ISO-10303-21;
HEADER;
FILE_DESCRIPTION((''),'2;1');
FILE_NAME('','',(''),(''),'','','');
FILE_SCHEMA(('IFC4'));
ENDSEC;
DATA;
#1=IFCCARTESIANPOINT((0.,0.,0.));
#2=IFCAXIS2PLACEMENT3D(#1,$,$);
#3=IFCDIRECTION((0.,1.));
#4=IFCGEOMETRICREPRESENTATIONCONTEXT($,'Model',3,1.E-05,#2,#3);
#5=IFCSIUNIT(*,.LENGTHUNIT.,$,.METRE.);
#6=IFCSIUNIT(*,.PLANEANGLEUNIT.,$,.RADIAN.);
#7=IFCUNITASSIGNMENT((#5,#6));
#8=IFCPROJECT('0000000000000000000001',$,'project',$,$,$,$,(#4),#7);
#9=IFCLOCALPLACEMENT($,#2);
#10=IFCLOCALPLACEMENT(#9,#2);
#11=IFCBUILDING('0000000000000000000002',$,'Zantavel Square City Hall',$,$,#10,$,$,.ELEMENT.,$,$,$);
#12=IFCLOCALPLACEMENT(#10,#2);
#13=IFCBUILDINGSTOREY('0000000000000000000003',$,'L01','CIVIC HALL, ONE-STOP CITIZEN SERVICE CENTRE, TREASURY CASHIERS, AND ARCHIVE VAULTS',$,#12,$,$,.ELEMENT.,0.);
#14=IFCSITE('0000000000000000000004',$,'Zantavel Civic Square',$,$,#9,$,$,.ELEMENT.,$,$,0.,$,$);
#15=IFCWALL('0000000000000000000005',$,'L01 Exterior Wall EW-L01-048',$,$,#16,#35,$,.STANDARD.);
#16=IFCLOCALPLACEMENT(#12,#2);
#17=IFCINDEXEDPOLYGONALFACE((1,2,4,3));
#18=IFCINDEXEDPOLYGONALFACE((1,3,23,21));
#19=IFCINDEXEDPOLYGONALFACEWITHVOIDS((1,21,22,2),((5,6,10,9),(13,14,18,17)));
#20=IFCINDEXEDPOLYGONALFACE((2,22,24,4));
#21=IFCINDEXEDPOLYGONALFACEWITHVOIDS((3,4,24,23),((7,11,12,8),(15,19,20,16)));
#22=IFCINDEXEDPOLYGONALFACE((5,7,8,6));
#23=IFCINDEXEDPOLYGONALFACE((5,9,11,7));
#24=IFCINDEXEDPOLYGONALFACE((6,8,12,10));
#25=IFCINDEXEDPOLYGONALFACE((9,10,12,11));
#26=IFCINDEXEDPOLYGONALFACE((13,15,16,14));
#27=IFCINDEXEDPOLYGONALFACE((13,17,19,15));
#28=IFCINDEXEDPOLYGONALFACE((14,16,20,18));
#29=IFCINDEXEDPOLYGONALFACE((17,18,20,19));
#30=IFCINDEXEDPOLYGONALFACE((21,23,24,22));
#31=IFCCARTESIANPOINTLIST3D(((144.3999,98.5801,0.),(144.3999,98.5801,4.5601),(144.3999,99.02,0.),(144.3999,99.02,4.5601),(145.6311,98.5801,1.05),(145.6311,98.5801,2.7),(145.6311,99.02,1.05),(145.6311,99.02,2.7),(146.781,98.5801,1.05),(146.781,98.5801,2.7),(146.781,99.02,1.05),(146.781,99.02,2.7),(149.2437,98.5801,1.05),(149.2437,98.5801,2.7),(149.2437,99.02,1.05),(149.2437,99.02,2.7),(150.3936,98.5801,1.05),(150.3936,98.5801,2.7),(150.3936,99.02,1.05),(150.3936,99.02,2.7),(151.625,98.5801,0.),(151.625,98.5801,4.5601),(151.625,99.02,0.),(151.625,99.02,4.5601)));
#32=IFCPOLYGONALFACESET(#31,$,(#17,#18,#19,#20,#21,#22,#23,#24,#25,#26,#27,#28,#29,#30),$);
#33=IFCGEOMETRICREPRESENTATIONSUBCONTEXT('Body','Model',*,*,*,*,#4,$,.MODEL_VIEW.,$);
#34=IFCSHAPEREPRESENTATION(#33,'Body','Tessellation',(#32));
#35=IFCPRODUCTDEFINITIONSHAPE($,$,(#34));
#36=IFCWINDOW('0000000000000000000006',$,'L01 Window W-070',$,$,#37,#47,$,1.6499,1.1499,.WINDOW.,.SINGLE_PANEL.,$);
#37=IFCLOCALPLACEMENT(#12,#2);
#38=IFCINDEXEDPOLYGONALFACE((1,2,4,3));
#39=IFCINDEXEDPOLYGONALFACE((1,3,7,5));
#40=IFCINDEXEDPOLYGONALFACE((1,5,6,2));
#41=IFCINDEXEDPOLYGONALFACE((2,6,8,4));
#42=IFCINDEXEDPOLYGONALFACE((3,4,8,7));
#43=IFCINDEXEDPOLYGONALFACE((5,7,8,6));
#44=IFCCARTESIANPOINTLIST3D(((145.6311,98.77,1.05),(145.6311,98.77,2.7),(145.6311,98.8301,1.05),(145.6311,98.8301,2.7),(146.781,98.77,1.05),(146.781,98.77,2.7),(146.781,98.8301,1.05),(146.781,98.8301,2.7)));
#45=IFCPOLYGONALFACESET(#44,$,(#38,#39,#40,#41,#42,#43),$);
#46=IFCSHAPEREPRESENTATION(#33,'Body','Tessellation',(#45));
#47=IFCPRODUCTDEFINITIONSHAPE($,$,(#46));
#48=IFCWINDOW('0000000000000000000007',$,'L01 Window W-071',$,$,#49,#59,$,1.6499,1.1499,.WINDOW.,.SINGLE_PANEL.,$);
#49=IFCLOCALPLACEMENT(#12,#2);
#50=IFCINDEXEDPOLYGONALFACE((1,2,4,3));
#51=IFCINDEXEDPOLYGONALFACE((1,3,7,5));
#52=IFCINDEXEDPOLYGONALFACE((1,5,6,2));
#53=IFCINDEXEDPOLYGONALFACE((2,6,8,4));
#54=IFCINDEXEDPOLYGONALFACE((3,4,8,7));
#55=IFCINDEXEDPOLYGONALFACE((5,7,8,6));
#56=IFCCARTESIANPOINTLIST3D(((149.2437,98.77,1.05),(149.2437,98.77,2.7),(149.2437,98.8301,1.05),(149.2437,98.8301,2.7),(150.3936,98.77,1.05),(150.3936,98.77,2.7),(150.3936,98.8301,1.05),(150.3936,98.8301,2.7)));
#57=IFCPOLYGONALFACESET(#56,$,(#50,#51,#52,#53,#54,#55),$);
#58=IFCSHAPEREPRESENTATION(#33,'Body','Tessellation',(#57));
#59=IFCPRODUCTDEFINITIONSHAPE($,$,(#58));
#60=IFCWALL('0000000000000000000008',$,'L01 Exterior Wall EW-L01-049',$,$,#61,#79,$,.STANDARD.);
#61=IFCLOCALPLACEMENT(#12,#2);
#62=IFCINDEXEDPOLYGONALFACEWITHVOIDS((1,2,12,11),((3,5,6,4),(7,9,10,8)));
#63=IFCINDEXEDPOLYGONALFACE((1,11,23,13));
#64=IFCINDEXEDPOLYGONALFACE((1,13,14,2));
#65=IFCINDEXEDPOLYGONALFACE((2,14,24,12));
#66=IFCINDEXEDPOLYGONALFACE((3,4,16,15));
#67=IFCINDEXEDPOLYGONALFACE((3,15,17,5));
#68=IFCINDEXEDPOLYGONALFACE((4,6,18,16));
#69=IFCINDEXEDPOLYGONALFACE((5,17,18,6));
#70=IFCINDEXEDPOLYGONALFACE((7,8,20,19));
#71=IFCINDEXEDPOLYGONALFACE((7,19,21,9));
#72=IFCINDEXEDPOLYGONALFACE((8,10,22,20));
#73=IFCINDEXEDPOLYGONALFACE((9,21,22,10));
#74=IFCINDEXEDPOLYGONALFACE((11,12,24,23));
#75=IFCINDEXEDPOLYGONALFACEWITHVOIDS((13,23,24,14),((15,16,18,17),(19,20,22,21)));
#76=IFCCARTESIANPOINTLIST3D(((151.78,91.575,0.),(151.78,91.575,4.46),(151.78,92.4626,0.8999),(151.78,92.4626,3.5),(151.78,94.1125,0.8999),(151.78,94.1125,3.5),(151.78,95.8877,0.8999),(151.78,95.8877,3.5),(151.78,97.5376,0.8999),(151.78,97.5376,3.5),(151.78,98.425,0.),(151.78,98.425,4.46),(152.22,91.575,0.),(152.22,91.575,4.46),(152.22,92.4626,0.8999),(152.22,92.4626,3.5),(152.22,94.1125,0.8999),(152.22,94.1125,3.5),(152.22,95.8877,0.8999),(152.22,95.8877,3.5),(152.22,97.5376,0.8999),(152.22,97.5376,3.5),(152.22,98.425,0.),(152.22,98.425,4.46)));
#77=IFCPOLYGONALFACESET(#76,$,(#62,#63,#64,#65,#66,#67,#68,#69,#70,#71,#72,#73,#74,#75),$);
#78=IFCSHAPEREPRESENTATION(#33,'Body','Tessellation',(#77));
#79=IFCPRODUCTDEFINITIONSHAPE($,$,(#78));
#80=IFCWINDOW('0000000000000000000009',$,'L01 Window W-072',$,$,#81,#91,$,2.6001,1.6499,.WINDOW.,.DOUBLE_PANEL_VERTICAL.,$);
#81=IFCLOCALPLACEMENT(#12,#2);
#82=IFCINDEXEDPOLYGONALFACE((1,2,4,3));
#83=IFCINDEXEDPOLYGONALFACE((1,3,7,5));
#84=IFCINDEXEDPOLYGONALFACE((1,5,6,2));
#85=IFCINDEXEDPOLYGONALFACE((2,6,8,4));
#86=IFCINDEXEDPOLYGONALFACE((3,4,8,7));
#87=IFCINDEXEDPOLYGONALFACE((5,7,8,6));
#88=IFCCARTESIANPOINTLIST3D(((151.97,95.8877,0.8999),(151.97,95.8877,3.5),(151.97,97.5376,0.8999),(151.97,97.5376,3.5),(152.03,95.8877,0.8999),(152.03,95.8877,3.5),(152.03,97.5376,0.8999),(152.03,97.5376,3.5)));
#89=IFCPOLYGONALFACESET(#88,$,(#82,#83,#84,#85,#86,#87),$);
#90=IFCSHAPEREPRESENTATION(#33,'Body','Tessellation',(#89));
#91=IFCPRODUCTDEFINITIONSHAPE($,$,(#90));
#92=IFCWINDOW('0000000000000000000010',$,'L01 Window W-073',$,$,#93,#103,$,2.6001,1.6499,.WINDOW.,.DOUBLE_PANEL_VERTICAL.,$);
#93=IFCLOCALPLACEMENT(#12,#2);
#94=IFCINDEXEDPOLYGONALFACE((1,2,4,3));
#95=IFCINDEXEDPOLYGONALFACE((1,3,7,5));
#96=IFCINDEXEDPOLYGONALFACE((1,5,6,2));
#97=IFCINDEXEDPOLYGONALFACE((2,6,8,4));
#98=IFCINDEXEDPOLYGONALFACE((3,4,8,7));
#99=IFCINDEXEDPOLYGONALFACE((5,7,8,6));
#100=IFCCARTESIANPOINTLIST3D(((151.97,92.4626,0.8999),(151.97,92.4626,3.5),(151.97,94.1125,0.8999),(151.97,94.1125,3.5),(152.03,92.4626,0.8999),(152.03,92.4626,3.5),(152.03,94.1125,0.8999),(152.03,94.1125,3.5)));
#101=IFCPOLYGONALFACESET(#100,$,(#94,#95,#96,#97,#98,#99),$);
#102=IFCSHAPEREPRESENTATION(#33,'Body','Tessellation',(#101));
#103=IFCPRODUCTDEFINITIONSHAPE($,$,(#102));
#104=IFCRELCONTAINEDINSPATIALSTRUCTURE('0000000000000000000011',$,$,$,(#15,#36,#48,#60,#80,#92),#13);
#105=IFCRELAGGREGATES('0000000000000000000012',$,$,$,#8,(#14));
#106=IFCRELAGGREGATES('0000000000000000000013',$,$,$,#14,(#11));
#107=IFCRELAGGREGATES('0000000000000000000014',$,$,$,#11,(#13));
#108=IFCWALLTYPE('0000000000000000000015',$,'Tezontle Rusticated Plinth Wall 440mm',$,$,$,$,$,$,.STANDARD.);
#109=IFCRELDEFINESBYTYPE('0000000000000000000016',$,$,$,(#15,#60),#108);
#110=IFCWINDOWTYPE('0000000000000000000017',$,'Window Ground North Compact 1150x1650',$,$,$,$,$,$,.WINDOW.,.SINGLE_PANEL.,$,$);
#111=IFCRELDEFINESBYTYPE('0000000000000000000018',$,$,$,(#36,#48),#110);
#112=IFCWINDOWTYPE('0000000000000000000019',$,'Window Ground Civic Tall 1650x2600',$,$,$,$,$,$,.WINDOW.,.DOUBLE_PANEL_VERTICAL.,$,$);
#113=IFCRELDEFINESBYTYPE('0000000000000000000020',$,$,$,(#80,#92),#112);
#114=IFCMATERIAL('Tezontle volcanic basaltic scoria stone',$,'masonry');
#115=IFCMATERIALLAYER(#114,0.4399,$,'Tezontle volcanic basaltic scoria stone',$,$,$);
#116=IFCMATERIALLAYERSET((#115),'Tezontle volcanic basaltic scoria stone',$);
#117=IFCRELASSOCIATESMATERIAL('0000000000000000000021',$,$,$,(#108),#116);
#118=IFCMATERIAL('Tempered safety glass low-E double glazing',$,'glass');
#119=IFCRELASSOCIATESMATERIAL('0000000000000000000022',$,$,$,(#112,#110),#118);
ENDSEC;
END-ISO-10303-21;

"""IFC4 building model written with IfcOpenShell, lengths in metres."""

from ifc_helpers import new_model, si_unit, direction, frame, frame_2d, origin, place, context, subcontext, project, spatial, rectangle, extrude, material, layer, layer_set, type_object, element, fill, save


model = new_model("IFC4")

# Units and contexts
model_context = context("Model", 3, precision=1e-05, world=origin(), true_north=direction((0.0, 1.0)))
body_context = subcontext(model_context, "Body", "Model", "MODEL_VIEW")
ifc_project = project(units=[si_unit("LENGTHUNIT", "METRE"), si_unit("PLANEANGLEUNIT", "RADIAN")], contexts=[model_context])

# Site, building, storey
site_placement = place(None, origin())
site = spatial("IfcSite", under=ifc_project, at=site_placement, Name="Zantavel Civic Square", CompositionType="ELEMENT", RefElevation=0.0)
building_placement = place(site_placement, origin())
building = spatial("IfcBuilding", under=site, at=building_placement, Name="Zantavel Square City Hall", CompositionType="ELEMENT")
storey_placement = place(building_placement, origin())
storey = spatial("IfcBuildingStorey", under=building, at=storey_placement, Name="L01", Description="CIVIC HALL, ONE-STOP CITIZEN SERVICE CENTRE, TREASURY CASHIERS, AND ARCHIVE VAULTS", CompositionType="ELEMENT", Elevation=0.0)

# Shared definitions
ifc_material_1 = material(Name="Tezontle volcanic basaltic scoria stone", Category="masonry")
ifc_layer_1 = layer(ifc_material_1, 0.4399, Name="Tezontle volcanic basaltic scoria stone")
ifc_layer_set_1 = layer_set([ifc_layer_1], Name="Tezontle volcanic basaltic scoria stone")
wall_type_1 = type_object("IfcWallType", Name="Tezontle Rusticated Plinth Wall 440mm", PredefinedType="STANDARD", material=ifc_layer_set_1)

# Walls, openings, windows
ifc_material_2 = material(Name="Tempered safety glass low-E double glazing", Category="glass")
window_type_1 = type_object("IfcWindowType", Name="Window Ground Civic Tall 1650x2600", PartitioningType="DOUBLE_PANEL_VERTICAL", PredefinedType="WINDOW", material=ifc_material_2)
wall_1_placement = place(storey_placement, frame((144.3999, 98.8, 0.0), z_axis=(0.0, 0.0, 1.0), x_axis=(1.0, 0.0, 0.0)))
wall_1 = element("IfcWall", 1, at=wall_1_placement, inside=storey, type_object=wall_type_1, Name="L01 Exterior Wall EW-L01-048", PredefinedType="STANDARD", context=body_context, shape_type="SweptSolid", body=[
    extrude(rectangle(XDim=7.2251, YDim=0.4399, at=frame_2d((3.6125, 0.0))), origin(), (0.0, 0.0, 1.0), 4.5601),
])
opening_1_placement = place(wall_1_placement, frame((1.2312, 0.0, 1.05)))
opening_1 = element("IfcOpeningElement", 2, at=opening_1_placement, cuts=wall_1, PredefinedType="OPENING", context=body_context, shape_type="SweptSolid", body=[
    extrude(rectangle(XDim=1.1499, YDim=1.6499, at=frame_2d((0.575, 0.825))), frame((0.0, 0.23, 0.0), z_axis=(0.0, -1.0, 0.0), x_axis=(1.0, 0.0, 0.0)), (0.0, 0.0, 1.0), 0.46),
])
opening_2_placement = place(wall_1_placement, frame((4.8438, 0.0, 1.05)))
opening_2 = element("IfcOpeningElement", 3, at=opening_2_placement, cuts=wall_1, PredefinedType="OPENING", context=body_context, shape_type="SweptSolid", body=[
    extrude(rectangle(XDim=1.1499, YDim=1.6499, at=frame_2d((0.575, 0.825))), frame((0.0, 0.23, 0.0), z_axis=(0.0, -1.0, 0.0), x_axis=(1.0, 0.0, 0.0)), (0.0, 0.0, 1.0), 0.46),
])
window_type_2 = type_object("IfcWindowType", Name="Window Ground North Compact 1150x1650", PartitioningType="SINGLE_PANEL", PredefinedType="WINDOW", material=ifc_material_2)
window_1_placement = place(opening_1_placement, origin())
window_1 = element("IfcWindow", 4, at=window_1_placement, inside=storey, type_object=window_type_2, Name="L01 Window W-070", OverallHeight=1.6499, OverallWidth=1.1499, PartitioningType="SINGLE_PANEL", PredefinedType="WINDOW", context=body_context, shape_type="SweptSolid", body=[
    extrude(rectangle(XDim=1.1499, YDim=1.6499, at=frame_2d((0.575, 0.825))), frame((0.0, 0.03, 0.0), z_axis=(0.0, -1.0, 0.0), x_axis=(1.0, 0.0, 0.0)), (0.0, 0.0, 1.0), 0.0601),
])
fill(opening_1, window_1)
window_2_placement = place(opening_2_placement, origin())
window_2 = element("IfcWindow", 5, at=window_2_placement, inside=storey, type_object=window_type_2, Name="L01 Window W-071", OverallHeight=1.6499, OverallWidth=1.1499, PartitioningType="SINGLE_PANEL", PredefinedType="WINDOW", context=body_context, shape_type="SweptSolid", body=[
    extrude(rectangle(XDim=1.1499, YDim=1.6499, at=frame_2d((0.575, 0.825))), frame((0.0, 0.03, 0.0), z_axis=(0.0, -1.0, 0.0), x_axis=(1.0, 0.0, 0.0)), (0.0, 0.0, 1.0), 0.0601),
])
fill(opening_2, window_2)
wall_2_placement = place(storey_placement, frame((152.0, 98.425, 0.0), z_axis=(0.0, 0.0, 1.0), x_axis=(0.0, -1.0, 0.0)))
wall_2 = element("IfcWall", 6, at=wall_2_placement, inside=storey, type_object=wall_type_1, Name="L01 Exterior Wall EW-L01-049", PredefinedType="STANDARD", context=body_context, shape_type="SweptSolid", body=[
    extrude(rectangle(XDim=6.8501, YDim=0.4399, at=frame_2d((3.425, 0.0))), origin(), (0.0, 0.0, 1.0), 4.46),
])
opening_3_placement = place(wall_2_placement, frame((0.8875, 0.0, 0.8999)))
opening_3 = element("IfcOpeningElement", 7, at=opening_3_placement, cuts=wall_2, PredefinedType="OPENING", context=body_context, shape_type="SweptSolid", body=[
    extrude(rectangle(XDim=1.6499, YDim=2.6001, at=frame_2d((0.825, 1.3))), frame((0.0, 0.23, 0.0), z_axis=(0.0, -1.0, 0.0), x_axis=(1.0, 0.0, 0.0)), (0.0, 0.0, 1.0), 0.46),
])
opening_4_placement = place(wall_2_placement, frame((4.3125, 0.0, 0.8999)))
opening_4 = element("IfcOpeningElement", 8, at=opening_4_placement, cuts=wall_2, PredefinedType="OPENING", context=body_context, shape_type="SweptSolid", body=[
    extrude(rectangle(XDim=1.6499, YDim=2.6001, at=frame_2d((0.825, 1.3))), frame((0.0, 0.23, 0.0), z_axis=(0.0, -1.0, 0.0), x_axis=(1.0, 0.0, 0.0)), (0.0, 0.0, 1.0), 0.46),
])
window_3_placement = place(opening_3_placement, origin())
window_3 = element("IfcWindow", 9, at=window_3_placement, inside=storey, type_object=window_type_1, Name="L01 Window W-072", OverallHeight=2.6001, OverallWidth=1.6499, PartitioningType="DOUBLE_PANEL_VERTICAL", PredefinedType="WINDOW", context=body_context, shape_type="SweptSolid", body=[
    extrude(rectangle(XDim=1.6499, YDim=2.6001, at=frame_2d((0.825, 1.3))), frame((0.0, 0.03, 0.0), z_axis=(0.0, -1.0, 0.0), x_axis=(1.0, 0.0, 0.0)), (0.0, 0.0, 1.0), 0.0601),
])
fill(opening_3, window_3)
window_4_placement = place(opening_4_placement, origin())
window_4 = element("IfcWindow", 10, at=window_4_placement, inside=storey, type_object=window_type_1, Name="L01 Window W-073", OverallHeight=2.6001, OverallWidth=1.6499, PartitioningType="DOUBLE_PANEL_VERTICAL", PredefinedType="WINDOW", context=body_context, shape_type="SweptSolid", body=[
    extrude(rectangle(XDim=1.6499, YDim=2.6001, at=frame_2d((0.825, 1.3))), frame((0.0, 0.03, 0.0), z_axis=(0.0, -1.0, 0.0), x_axis=(1.0, 0.0, 0.0)), (0.0, 0.0, 1.0), 0.0601),
])
fill(opening_4, window_4)

save(model, "model.ifc")
